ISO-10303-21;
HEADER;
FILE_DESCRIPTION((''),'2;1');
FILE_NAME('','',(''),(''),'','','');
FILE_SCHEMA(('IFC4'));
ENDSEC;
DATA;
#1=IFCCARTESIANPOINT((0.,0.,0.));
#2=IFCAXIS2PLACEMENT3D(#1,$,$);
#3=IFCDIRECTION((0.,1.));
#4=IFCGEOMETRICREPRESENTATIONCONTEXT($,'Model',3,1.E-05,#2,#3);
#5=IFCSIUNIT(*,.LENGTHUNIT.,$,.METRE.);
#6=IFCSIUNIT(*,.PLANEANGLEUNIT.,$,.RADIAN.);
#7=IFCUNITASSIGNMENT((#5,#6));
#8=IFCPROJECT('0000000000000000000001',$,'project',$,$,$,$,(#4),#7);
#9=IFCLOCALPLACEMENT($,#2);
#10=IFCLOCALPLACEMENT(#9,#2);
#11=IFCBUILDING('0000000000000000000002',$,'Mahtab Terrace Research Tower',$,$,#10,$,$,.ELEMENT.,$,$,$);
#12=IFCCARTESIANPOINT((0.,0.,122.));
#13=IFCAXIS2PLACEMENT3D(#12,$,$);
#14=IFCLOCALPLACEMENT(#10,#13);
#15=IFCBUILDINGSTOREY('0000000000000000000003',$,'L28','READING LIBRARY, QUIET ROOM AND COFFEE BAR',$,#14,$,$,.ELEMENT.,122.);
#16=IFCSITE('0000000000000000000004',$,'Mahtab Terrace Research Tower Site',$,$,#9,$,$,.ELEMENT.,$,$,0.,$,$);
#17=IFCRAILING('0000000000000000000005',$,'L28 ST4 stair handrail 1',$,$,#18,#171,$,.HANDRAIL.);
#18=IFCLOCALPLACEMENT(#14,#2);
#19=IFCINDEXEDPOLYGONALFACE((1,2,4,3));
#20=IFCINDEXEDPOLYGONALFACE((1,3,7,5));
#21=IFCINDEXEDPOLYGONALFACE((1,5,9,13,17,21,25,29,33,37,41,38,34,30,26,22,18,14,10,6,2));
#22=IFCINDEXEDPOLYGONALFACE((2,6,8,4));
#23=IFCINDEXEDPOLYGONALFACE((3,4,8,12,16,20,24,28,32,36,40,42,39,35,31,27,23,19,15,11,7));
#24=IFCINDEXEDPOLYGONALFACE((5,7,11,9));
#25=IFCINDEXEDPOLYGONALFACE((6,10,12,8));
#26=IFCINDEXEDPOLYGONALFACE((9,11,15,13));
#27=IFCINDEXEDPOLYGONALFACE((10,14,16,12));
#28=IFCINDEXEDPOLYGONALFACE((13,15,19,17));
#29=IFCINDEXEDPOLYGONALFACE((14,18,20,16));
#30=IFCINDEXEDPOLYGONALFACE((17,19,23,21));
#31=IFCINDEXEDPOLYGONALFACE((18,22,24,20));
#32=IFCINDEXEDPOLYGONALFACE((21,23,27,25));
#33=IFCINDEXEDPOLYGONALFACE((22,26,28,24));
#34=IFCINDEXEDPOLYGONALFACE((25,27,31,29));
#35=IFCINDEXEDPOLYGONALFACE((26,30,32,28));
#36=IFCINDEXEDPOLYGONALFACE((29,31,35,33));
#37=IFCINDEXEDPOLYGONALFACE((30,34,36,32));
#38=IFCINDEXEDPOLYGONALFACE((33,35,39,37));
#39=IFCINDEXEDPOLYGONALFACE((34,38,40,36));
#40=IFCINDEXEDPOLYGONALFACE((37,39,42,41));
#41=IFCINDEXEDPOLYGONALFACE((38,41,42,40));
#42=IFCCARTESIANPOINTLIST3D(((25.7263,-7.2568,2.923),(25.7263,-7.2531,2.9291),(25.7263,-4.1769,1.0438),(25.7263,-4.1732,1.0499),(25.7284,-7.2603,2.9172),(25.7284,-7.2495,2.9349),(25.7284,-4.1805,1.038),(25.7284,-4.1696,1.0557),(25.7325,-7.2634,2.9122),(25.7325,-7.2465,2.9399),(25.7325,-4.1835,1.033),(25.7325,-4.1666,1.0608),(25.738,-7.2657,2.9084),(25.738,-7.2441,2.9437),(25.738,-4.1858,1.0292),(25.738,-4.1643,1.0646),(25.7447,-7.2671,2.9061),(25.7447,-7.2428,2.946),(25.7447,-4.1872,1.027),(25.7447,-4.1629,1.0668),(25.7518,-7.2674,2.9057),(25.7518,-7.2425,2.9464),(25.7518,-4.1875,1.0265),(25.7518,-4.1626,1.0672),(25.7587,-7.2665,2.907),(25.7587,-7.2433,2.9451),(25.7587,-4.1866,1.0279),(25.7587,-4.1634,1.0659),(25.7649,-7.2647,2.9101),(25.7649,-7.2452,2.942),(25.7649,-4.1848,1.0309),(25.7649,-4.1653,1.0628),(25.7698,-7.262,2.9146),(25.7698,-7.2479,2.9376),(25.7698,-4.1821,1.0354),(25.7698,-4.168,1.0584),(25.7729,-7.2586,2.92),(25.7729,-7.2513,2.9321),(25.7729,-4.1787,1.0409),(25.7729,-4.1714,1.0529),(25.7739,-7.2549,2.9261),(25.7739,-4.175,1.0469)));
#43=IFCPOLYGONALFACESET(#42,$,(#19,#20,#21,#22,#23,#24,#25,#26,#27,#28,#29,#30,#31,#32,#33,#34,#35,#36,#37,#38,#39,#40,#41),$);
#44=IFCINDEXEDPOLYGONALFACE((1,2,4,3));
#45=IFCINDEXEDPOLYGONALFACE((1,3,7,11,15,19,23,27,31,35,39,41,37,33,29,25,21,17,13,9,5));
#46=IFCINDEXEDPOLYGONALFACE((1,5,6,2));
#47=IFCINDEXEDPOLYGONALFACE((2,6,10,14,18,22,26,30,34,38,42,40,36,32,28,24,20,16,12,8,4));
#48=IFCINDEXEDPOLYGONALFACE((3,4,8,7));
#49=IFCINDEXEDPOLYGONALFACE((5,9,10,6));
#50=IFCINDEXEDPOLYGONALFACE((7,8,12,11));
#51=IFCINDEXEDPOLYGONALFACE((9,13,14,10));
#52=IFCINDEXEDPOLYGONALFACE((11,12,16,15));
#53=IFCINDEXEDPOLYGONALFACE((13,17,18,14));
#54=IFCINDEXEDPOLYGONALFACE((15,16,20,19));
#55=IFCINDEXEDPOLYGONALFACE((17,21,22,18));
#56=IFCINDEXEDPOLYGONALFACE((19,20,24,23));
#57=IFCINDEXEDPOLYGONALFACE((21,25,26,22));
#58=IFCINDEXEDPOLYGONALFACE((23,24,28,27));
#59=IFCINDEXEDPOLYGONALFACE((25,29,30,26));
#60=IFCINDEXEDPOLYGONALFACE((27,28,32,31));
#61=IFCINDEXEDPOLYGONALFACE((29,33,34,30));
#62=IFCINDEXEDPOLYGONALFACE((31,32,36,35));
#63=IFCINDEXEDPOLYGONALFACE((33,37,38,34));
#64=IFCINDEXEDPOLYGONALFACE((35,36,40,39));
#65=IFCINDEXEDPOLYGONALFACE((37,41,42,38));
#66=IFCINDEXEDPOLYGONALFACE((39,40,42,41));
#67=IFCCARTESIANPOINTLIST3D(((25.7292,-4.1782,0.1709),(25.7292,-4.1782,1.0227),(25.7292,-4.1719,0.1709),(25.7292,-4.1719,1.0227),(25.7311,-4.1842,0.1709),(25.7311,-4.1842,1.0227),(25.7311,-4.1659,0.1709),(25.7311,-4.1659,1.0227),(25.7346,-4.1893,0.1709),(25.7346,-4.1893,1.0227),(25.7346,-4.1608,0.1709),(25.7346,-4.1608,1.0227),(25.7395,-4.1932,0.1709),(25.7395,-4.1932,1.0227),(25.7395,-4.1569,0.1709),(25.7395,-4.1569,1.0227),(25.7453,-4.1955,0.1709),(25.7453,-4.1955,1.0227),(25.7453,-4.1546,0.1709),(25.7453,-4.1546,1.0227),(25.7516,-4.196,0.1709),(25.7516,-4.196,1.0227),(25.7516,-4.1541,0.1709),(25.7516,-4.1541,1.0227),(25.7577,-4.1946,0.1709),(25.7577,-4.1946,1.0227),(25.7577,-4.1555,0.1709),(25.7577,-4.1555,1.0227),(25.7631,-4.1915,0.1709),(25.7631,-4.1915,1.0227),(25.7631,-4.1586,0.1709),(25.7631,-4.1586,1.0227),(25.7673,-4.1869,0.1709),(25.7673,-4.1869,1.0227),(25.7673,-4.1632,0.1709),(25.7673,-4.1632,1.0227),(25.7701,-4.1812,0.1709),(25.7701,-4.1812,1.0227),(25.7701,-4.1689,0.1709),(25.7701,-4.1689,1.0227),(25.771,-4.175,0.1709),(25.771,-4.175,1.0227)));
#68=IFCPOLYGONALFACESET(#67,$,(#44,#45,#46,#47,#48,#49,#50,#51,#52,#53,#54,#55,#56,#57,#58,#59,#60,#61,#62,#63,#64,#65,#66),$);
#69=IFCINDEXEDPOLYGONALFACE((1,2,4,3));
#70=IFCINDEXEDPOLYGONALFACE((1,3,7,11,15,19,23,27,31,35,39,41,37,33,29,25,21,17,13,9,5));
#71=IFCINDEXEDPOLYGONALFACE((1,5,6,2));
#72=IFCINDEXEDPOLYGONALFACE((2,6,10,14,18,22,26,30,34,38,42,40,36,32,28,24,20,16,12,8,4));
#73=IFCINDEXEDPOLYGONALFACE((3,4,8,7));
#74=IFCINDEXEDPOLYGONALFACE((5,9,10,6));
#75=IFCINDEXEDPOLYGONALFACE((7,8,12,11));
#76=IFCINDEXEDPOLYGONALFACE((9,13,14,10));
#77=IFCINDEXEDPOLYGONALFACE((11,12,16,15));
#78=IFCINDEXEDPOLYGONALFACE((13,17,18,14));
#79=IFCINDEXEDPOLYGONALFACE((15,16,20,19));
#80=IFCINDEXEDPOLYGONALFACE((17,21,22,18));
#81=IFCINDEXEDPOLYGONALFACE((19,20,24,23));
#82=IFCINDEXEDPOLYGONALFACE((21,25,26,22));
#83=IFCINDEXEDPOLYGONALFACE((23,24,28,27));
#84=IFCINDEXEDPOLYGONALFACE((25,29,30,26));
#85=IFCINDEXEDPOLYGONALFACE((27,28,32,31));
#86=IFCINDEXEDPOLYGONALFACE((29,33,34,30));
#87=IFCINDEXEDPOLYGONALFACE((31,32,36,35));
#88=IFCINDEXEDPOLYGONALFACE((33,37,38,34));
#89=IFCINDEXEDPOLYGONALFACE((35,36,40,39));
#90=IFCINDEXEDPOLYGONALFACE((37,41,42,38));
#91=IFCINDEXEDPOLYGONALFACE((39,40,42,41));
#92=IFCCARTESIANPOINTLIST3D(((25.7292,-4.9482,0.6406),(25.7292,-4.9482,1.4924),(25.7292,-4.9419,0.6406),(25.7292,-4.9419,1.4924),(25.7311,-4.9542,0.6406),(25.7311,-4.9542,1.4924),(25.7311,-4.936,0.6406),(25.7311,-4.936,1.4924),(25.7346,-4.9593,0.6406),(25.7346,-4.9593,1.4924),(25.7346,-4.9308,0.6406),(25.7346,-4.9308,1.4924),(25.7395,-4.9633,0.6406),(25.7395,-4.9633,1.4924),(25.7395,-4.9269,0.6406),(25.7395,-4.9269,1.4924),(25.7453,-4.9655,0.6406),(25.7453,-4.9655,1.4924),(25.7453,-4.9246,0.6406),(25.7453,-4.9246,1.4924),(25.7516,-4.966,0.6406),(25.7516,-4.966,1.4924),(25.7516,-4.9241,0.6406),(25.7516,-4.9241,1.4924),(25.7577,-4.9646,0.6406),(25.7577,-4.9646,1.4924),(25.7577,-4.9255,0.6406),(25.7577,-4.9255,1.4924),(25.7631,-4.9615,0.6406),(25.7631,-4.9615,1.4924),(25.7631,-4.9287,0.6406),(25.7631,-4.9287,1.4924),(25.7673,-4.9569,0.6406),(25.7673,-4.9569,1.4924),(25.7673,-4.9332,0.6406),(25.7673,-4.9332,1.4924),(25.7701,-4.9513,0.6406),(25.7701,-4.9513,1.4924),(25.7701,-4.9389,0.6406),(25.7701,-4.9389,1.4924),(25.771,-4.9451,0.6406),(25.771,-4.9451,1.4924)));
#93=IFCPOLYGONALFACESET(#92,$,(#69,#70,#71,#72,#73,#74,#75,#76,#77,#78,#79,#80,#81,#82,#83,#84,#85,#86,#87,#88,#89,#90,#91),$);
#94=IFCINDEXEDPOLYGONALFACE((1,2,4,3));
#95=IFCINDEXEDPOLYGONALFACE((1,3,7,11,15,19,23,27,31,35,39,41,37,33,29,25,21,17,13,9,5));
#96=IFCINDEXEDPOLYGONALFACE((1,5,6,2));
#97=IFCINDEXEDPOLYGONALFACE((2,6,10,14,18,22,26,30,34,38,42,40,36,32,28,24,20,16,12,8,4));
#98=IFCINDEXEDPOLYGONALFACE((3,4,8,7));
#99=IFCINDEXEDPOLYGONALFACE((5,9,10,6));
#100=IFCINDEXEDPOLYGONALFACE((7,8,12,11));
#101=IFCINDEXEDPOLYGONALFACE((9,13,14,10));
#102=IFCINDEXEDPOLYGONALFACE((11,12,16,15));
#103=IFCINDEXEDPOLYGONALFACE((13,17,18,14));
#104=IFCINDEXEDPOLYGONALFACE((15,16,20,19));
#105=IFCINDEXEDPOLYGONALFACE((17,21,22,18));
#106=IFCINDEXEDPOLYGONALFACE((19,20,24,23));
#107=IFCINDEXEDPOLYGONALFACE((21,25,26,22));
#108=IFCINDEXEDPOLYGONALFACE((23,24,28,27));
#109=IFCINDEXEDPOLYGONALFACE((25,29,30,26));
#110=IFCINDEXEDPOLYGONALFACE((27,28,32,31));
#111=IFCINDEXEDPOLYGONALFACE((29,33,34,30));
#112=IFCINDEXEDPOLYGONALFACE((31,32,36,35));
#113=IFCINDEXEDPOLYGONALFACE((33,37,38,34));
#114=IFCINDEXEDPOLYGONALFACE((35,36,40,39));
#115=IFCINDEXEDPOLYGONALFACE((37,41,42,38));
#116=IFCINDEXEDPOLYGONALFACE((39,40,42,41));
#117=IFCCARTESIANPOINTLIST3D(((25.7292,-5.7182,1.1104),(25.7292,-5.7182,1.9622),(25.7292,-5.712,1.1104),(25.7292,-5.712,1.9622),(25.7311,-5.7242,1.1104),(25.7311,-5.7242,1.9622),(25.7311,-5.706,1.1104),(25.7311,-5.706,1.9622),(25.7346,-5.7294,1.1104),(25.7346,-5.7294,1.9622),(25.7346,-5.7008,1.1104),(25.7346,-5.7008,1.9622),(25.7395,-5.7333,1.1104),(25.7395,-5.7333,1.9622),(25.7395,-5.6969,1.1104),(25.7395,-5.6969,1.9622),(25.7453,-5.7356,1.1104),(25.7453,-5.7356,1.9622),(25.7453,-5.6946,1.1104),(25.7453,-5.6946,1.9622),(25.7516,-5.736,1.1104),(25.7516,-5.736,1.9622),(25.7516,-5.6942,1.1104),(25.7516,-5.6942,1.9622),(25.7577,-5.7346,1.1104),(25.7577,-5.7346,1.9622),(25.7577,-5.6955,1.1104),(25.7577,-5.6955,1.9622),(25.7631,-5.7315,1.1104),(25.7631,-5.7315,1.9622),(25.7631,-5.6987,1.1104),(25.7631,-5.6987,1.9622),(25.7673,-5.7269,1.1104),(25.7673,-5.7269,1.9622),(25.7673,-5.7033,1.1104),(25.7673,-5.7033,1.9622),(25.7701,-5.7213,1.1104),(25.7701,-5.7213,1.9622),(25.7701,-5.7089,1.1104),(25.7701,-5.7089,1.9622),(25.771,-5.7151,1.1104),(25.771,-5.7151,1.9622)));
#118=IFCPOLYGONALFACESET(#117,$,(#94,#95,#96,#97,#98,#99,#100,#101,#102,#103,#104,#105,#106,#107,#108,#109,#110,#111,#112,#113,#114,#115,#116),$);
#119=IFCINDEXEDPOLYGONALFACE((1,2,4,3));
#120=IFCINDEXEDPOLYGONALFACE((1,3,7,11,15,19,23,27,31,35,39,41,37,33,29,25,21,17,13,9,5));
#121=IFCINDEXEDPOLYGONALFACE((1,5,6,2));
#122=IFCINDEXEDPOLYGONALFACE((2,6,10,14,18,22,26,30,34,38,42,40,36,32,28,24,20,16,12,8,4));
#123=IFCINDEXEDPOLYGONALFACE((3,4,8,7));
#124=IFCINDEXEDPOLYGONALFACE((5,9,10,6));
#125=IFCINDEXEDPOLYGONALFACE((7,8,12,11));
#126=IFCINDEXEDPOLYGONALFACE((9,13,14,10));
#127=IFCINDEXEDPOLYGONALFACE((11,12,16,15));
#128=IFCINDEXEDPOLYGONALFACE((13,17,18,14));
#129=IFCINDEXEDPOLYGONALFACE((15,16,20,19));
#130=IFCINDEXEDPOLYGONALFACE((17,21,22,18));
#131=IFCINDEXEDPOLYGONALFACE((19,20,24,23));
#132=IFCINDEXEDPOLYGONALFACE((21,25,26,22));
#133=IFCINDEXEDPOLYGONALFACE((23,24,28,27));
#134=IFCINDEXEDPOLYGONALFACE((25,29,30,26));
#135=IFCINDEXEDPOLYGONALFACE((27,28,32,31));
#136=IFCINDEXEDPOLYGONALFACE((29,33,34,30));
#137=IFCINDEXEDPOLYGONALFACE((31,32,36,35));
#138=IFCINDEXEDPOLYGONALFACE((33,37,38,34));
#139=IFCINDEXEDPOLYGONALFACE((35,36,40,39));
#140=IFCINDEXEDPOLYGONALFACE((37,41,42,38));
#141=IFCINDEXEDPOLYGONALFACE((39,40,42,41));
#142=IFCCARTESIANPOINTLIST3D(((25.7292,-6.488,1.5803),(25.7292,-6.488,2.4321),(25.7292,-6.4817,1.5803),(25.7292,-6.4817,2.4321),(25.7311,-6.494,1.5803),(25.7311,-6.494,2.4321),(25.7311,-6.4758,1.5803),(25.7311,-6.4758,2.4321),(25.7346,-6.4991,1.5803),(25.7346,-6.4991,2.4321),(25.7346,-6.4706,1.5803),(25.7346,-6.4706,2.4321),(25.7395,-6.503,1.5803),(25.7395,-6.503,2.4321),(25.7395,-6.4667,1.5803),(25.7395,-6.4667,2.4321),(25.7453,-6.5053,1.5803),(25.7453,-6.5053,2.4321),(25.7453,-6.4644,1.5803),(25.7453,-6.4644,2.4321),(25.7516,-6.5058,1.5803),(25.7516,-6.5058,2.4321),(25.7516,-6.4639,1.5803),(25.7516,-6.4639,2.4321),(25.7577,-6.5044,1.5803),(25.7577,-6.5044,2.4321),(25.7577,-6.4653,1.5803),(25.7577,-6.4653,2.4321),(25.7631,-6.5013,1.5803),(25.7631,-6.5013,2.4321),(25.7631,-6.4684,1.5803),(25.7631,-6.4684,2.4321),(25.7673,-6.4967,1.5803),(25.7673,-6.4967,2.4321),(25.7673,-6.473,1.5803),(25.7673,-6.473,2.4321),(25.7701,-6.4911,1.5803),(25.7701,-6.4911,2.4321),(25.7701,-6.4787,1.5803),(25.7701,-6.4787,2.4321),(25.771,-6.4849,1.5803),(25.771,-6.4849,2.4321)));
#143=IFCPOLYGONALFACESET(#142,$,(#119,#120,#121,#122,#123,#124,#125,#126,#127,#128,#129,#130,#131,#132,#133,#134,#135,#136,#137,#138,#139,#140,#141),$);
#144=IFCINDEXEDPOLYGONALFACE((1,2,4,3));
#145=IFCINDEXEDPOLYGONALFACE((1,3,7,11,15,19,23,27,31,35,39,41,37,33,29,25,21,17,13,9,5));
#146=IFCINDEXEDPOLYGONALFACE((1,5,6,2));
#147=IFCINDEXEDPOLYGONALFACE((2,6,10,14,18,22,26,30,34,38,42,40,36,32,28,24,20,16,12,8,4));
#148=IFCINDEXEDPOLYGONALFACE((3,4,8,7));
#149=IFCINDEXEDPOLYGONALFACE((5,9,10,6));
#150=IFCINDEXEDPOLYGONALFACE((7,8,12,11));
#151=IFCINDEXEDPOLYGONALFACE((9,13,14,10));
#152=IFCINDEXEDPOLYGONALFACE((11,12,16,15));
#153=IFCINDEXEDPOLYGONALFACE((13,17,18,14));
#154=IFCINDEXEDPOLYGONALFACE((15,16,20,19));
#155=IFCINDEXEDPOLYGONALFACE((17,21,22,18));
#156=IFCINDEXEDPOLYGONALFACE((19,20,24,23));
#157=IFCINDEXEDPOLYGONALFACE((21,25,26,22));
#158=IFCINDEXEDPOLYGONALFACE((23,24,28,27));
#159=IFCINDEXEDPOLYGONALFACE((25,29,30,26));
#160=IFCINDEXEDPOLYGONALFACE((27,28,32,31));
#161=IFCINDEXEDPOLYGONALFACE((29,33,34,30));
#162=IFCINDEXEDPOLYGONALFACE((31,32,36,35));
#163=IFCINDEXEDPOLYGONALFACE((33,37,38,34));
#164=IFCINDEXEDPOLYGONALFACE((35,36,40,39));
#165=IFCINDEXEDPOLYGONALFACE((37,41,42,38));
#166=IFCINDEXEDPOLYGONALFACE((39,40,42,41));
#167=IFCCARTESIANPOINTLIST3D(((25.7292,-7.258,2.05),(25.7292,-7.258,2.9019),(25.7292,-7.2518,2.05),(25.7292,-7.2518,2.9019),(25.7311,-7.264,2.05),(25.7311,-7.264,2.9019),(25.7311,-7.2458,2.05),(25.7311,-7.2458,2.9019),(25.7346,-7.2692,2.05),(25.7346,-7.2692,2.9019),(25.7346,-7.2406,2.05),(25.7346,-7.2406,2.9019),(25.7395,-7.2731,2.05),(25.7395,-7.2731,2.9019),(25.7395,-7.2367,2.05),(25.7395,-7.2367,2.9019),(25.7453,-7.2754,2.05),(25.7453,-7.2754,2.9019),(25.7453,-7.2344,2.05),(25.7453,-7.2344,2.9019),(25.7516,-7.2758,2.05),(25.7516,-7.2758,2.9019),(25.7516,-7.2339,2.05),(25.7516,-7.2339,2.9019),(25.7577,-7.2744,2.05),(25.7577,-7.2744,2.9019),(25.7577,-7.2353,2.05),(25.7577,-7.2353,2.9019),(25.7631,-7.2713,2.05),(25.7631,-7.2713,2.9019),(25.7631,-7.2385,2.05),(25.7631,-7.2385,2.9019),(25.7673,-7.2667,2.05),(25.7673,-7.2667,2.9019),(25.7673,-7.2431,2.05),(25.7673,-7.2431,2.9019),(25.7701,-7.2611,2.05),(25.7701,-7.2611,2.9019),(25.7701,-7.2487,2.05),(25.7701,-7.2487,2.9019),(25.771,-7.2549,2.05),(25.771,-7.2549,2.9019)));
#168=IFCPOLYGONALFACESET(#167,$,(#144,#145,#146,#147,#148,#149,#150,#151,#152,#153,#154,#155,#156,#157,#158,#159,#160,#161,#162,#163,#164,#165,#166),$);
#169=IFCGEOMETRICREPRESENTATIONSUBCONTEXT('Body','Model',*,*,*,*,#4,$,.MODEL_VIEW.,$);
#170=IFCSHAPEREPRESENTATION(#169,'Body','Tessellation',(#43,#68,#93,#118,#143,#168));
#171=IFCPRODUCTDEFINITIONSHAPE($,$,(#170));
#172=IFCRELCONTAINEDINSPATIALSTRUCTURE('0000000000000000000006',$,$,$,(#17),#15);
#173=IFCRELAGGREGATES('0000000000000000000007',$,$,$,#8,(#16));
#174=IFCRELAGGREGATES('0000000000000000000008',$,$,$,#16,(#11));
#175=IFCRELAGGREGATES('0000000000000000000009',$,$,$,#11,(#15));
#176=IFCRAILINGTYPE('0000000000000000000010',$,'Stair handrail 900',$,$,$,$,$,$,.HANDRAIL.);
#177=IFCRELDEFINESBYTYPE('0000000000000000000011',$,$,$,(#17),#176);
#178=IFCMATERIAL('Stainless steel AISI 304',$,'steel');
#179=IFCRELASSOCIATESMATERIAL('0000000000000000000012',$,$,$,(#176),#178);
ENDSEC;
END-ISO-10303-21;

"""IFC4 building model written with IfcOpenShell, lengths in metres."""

from ifc_helpers import new_model, si_unit, direction, frame, origin, origin_2d, place, context, subcontext, project, spatial, circle, extrude, material, type_object, element, save


model = new_model("IFC4")

# Units and contexts
model_context = context("Model", 3, precision=1e-05, world=origin(), true_north=direction((0.0, 1.0)))
body_context = subcontext(model_context, "Body", "Model", "MODEL_VIEW")
ifc_project = project(units=[si_unit("LENGTHUNIT", "METRE"), si_unit("PLANEANGLEUNIT", "RADIAN")], contexts=[model_context])

# Site, building, storey
site_placement = place(None, origin())
site = spatial("IfcSite", under=ifc_project, at=site_placement, Name="Mahtab Terrace Research Tower Site", CompositionType="ELEMENT", RefElevation=0.0)
building_placement = place(site_placement, origin())
building = spatial("IfcBuilding", under=site, at=building_placement, Name="Mahtab Terrace Research Tower", CompositionType="ELEMENT")
storey_placement = place(building_placement, frame((0.0, 0.0, 122.0)))
storey = spatial("IfcBuildingStorey", under=building, at=storey_placement, Name="L28", Description="READING LIBRARY, QUIET ROOM AND COFFEE BAR", CompositionType="ELEMENT", Elevation=122.0)

# Railing
ifc_material_1 = material(Name="Stainless steel AISI 304", Category="steel")
railing_type_1 = type_object("IfcRailingType", Name="Stair handrail 900", PredefinedType="HANDRAIL", material=ifc_material_1)
railing_1_placement = place(storey_placement, frame((25.75, -4.175, 0.1709)))
element("IfcRailing", 1, at=railing_1_placement, inside=storey, type_object=railing_type_1, Name="L28 ST4 stair handrail 1", PredefinedType="HANDRAIL", context=body_context, shape_type="SweptSolid", body=[
    extrude(circle(Radius=0.0239, at=origin_2d()), frame((0.0, 0.0, 0.876), z_axis=(0.0, -0.853648, 0.52085), x_axis=(1.0, 0.0, 0.0)), (0.0, 0.0, 1.0), 3.6079),
    extrude(circle(Radius=0.021, at=origin_2d()), origin(), (0.0, 0.0, 1.0), 0.8518),
    extrude(circle(Radius=0.021, at=origin_2d()), frame((0.0, -0.77, 0.4697)), (0.0, 0.0, 1.0), 0.8518),
    extrude(circle(Radius=0.021, at=origin_2d()), frame((0.0, -1.54, 0.9395)), (0.0, 0.0, 1.0), 0.8518),
    extrude(circle(Radius=0.021, at=origin_2d()), frame((0.0, -2.3098, 1.4094)), (0.0, 0.0, 1.0), 0.8518),
    extrude(circle(Radius=0.021, at=origin_2d()), frame((0.0, -3.0798, 1.8792)), (0.0, 0.0, 1.0), 0.8518),
])

save(model, "model.ifc")
